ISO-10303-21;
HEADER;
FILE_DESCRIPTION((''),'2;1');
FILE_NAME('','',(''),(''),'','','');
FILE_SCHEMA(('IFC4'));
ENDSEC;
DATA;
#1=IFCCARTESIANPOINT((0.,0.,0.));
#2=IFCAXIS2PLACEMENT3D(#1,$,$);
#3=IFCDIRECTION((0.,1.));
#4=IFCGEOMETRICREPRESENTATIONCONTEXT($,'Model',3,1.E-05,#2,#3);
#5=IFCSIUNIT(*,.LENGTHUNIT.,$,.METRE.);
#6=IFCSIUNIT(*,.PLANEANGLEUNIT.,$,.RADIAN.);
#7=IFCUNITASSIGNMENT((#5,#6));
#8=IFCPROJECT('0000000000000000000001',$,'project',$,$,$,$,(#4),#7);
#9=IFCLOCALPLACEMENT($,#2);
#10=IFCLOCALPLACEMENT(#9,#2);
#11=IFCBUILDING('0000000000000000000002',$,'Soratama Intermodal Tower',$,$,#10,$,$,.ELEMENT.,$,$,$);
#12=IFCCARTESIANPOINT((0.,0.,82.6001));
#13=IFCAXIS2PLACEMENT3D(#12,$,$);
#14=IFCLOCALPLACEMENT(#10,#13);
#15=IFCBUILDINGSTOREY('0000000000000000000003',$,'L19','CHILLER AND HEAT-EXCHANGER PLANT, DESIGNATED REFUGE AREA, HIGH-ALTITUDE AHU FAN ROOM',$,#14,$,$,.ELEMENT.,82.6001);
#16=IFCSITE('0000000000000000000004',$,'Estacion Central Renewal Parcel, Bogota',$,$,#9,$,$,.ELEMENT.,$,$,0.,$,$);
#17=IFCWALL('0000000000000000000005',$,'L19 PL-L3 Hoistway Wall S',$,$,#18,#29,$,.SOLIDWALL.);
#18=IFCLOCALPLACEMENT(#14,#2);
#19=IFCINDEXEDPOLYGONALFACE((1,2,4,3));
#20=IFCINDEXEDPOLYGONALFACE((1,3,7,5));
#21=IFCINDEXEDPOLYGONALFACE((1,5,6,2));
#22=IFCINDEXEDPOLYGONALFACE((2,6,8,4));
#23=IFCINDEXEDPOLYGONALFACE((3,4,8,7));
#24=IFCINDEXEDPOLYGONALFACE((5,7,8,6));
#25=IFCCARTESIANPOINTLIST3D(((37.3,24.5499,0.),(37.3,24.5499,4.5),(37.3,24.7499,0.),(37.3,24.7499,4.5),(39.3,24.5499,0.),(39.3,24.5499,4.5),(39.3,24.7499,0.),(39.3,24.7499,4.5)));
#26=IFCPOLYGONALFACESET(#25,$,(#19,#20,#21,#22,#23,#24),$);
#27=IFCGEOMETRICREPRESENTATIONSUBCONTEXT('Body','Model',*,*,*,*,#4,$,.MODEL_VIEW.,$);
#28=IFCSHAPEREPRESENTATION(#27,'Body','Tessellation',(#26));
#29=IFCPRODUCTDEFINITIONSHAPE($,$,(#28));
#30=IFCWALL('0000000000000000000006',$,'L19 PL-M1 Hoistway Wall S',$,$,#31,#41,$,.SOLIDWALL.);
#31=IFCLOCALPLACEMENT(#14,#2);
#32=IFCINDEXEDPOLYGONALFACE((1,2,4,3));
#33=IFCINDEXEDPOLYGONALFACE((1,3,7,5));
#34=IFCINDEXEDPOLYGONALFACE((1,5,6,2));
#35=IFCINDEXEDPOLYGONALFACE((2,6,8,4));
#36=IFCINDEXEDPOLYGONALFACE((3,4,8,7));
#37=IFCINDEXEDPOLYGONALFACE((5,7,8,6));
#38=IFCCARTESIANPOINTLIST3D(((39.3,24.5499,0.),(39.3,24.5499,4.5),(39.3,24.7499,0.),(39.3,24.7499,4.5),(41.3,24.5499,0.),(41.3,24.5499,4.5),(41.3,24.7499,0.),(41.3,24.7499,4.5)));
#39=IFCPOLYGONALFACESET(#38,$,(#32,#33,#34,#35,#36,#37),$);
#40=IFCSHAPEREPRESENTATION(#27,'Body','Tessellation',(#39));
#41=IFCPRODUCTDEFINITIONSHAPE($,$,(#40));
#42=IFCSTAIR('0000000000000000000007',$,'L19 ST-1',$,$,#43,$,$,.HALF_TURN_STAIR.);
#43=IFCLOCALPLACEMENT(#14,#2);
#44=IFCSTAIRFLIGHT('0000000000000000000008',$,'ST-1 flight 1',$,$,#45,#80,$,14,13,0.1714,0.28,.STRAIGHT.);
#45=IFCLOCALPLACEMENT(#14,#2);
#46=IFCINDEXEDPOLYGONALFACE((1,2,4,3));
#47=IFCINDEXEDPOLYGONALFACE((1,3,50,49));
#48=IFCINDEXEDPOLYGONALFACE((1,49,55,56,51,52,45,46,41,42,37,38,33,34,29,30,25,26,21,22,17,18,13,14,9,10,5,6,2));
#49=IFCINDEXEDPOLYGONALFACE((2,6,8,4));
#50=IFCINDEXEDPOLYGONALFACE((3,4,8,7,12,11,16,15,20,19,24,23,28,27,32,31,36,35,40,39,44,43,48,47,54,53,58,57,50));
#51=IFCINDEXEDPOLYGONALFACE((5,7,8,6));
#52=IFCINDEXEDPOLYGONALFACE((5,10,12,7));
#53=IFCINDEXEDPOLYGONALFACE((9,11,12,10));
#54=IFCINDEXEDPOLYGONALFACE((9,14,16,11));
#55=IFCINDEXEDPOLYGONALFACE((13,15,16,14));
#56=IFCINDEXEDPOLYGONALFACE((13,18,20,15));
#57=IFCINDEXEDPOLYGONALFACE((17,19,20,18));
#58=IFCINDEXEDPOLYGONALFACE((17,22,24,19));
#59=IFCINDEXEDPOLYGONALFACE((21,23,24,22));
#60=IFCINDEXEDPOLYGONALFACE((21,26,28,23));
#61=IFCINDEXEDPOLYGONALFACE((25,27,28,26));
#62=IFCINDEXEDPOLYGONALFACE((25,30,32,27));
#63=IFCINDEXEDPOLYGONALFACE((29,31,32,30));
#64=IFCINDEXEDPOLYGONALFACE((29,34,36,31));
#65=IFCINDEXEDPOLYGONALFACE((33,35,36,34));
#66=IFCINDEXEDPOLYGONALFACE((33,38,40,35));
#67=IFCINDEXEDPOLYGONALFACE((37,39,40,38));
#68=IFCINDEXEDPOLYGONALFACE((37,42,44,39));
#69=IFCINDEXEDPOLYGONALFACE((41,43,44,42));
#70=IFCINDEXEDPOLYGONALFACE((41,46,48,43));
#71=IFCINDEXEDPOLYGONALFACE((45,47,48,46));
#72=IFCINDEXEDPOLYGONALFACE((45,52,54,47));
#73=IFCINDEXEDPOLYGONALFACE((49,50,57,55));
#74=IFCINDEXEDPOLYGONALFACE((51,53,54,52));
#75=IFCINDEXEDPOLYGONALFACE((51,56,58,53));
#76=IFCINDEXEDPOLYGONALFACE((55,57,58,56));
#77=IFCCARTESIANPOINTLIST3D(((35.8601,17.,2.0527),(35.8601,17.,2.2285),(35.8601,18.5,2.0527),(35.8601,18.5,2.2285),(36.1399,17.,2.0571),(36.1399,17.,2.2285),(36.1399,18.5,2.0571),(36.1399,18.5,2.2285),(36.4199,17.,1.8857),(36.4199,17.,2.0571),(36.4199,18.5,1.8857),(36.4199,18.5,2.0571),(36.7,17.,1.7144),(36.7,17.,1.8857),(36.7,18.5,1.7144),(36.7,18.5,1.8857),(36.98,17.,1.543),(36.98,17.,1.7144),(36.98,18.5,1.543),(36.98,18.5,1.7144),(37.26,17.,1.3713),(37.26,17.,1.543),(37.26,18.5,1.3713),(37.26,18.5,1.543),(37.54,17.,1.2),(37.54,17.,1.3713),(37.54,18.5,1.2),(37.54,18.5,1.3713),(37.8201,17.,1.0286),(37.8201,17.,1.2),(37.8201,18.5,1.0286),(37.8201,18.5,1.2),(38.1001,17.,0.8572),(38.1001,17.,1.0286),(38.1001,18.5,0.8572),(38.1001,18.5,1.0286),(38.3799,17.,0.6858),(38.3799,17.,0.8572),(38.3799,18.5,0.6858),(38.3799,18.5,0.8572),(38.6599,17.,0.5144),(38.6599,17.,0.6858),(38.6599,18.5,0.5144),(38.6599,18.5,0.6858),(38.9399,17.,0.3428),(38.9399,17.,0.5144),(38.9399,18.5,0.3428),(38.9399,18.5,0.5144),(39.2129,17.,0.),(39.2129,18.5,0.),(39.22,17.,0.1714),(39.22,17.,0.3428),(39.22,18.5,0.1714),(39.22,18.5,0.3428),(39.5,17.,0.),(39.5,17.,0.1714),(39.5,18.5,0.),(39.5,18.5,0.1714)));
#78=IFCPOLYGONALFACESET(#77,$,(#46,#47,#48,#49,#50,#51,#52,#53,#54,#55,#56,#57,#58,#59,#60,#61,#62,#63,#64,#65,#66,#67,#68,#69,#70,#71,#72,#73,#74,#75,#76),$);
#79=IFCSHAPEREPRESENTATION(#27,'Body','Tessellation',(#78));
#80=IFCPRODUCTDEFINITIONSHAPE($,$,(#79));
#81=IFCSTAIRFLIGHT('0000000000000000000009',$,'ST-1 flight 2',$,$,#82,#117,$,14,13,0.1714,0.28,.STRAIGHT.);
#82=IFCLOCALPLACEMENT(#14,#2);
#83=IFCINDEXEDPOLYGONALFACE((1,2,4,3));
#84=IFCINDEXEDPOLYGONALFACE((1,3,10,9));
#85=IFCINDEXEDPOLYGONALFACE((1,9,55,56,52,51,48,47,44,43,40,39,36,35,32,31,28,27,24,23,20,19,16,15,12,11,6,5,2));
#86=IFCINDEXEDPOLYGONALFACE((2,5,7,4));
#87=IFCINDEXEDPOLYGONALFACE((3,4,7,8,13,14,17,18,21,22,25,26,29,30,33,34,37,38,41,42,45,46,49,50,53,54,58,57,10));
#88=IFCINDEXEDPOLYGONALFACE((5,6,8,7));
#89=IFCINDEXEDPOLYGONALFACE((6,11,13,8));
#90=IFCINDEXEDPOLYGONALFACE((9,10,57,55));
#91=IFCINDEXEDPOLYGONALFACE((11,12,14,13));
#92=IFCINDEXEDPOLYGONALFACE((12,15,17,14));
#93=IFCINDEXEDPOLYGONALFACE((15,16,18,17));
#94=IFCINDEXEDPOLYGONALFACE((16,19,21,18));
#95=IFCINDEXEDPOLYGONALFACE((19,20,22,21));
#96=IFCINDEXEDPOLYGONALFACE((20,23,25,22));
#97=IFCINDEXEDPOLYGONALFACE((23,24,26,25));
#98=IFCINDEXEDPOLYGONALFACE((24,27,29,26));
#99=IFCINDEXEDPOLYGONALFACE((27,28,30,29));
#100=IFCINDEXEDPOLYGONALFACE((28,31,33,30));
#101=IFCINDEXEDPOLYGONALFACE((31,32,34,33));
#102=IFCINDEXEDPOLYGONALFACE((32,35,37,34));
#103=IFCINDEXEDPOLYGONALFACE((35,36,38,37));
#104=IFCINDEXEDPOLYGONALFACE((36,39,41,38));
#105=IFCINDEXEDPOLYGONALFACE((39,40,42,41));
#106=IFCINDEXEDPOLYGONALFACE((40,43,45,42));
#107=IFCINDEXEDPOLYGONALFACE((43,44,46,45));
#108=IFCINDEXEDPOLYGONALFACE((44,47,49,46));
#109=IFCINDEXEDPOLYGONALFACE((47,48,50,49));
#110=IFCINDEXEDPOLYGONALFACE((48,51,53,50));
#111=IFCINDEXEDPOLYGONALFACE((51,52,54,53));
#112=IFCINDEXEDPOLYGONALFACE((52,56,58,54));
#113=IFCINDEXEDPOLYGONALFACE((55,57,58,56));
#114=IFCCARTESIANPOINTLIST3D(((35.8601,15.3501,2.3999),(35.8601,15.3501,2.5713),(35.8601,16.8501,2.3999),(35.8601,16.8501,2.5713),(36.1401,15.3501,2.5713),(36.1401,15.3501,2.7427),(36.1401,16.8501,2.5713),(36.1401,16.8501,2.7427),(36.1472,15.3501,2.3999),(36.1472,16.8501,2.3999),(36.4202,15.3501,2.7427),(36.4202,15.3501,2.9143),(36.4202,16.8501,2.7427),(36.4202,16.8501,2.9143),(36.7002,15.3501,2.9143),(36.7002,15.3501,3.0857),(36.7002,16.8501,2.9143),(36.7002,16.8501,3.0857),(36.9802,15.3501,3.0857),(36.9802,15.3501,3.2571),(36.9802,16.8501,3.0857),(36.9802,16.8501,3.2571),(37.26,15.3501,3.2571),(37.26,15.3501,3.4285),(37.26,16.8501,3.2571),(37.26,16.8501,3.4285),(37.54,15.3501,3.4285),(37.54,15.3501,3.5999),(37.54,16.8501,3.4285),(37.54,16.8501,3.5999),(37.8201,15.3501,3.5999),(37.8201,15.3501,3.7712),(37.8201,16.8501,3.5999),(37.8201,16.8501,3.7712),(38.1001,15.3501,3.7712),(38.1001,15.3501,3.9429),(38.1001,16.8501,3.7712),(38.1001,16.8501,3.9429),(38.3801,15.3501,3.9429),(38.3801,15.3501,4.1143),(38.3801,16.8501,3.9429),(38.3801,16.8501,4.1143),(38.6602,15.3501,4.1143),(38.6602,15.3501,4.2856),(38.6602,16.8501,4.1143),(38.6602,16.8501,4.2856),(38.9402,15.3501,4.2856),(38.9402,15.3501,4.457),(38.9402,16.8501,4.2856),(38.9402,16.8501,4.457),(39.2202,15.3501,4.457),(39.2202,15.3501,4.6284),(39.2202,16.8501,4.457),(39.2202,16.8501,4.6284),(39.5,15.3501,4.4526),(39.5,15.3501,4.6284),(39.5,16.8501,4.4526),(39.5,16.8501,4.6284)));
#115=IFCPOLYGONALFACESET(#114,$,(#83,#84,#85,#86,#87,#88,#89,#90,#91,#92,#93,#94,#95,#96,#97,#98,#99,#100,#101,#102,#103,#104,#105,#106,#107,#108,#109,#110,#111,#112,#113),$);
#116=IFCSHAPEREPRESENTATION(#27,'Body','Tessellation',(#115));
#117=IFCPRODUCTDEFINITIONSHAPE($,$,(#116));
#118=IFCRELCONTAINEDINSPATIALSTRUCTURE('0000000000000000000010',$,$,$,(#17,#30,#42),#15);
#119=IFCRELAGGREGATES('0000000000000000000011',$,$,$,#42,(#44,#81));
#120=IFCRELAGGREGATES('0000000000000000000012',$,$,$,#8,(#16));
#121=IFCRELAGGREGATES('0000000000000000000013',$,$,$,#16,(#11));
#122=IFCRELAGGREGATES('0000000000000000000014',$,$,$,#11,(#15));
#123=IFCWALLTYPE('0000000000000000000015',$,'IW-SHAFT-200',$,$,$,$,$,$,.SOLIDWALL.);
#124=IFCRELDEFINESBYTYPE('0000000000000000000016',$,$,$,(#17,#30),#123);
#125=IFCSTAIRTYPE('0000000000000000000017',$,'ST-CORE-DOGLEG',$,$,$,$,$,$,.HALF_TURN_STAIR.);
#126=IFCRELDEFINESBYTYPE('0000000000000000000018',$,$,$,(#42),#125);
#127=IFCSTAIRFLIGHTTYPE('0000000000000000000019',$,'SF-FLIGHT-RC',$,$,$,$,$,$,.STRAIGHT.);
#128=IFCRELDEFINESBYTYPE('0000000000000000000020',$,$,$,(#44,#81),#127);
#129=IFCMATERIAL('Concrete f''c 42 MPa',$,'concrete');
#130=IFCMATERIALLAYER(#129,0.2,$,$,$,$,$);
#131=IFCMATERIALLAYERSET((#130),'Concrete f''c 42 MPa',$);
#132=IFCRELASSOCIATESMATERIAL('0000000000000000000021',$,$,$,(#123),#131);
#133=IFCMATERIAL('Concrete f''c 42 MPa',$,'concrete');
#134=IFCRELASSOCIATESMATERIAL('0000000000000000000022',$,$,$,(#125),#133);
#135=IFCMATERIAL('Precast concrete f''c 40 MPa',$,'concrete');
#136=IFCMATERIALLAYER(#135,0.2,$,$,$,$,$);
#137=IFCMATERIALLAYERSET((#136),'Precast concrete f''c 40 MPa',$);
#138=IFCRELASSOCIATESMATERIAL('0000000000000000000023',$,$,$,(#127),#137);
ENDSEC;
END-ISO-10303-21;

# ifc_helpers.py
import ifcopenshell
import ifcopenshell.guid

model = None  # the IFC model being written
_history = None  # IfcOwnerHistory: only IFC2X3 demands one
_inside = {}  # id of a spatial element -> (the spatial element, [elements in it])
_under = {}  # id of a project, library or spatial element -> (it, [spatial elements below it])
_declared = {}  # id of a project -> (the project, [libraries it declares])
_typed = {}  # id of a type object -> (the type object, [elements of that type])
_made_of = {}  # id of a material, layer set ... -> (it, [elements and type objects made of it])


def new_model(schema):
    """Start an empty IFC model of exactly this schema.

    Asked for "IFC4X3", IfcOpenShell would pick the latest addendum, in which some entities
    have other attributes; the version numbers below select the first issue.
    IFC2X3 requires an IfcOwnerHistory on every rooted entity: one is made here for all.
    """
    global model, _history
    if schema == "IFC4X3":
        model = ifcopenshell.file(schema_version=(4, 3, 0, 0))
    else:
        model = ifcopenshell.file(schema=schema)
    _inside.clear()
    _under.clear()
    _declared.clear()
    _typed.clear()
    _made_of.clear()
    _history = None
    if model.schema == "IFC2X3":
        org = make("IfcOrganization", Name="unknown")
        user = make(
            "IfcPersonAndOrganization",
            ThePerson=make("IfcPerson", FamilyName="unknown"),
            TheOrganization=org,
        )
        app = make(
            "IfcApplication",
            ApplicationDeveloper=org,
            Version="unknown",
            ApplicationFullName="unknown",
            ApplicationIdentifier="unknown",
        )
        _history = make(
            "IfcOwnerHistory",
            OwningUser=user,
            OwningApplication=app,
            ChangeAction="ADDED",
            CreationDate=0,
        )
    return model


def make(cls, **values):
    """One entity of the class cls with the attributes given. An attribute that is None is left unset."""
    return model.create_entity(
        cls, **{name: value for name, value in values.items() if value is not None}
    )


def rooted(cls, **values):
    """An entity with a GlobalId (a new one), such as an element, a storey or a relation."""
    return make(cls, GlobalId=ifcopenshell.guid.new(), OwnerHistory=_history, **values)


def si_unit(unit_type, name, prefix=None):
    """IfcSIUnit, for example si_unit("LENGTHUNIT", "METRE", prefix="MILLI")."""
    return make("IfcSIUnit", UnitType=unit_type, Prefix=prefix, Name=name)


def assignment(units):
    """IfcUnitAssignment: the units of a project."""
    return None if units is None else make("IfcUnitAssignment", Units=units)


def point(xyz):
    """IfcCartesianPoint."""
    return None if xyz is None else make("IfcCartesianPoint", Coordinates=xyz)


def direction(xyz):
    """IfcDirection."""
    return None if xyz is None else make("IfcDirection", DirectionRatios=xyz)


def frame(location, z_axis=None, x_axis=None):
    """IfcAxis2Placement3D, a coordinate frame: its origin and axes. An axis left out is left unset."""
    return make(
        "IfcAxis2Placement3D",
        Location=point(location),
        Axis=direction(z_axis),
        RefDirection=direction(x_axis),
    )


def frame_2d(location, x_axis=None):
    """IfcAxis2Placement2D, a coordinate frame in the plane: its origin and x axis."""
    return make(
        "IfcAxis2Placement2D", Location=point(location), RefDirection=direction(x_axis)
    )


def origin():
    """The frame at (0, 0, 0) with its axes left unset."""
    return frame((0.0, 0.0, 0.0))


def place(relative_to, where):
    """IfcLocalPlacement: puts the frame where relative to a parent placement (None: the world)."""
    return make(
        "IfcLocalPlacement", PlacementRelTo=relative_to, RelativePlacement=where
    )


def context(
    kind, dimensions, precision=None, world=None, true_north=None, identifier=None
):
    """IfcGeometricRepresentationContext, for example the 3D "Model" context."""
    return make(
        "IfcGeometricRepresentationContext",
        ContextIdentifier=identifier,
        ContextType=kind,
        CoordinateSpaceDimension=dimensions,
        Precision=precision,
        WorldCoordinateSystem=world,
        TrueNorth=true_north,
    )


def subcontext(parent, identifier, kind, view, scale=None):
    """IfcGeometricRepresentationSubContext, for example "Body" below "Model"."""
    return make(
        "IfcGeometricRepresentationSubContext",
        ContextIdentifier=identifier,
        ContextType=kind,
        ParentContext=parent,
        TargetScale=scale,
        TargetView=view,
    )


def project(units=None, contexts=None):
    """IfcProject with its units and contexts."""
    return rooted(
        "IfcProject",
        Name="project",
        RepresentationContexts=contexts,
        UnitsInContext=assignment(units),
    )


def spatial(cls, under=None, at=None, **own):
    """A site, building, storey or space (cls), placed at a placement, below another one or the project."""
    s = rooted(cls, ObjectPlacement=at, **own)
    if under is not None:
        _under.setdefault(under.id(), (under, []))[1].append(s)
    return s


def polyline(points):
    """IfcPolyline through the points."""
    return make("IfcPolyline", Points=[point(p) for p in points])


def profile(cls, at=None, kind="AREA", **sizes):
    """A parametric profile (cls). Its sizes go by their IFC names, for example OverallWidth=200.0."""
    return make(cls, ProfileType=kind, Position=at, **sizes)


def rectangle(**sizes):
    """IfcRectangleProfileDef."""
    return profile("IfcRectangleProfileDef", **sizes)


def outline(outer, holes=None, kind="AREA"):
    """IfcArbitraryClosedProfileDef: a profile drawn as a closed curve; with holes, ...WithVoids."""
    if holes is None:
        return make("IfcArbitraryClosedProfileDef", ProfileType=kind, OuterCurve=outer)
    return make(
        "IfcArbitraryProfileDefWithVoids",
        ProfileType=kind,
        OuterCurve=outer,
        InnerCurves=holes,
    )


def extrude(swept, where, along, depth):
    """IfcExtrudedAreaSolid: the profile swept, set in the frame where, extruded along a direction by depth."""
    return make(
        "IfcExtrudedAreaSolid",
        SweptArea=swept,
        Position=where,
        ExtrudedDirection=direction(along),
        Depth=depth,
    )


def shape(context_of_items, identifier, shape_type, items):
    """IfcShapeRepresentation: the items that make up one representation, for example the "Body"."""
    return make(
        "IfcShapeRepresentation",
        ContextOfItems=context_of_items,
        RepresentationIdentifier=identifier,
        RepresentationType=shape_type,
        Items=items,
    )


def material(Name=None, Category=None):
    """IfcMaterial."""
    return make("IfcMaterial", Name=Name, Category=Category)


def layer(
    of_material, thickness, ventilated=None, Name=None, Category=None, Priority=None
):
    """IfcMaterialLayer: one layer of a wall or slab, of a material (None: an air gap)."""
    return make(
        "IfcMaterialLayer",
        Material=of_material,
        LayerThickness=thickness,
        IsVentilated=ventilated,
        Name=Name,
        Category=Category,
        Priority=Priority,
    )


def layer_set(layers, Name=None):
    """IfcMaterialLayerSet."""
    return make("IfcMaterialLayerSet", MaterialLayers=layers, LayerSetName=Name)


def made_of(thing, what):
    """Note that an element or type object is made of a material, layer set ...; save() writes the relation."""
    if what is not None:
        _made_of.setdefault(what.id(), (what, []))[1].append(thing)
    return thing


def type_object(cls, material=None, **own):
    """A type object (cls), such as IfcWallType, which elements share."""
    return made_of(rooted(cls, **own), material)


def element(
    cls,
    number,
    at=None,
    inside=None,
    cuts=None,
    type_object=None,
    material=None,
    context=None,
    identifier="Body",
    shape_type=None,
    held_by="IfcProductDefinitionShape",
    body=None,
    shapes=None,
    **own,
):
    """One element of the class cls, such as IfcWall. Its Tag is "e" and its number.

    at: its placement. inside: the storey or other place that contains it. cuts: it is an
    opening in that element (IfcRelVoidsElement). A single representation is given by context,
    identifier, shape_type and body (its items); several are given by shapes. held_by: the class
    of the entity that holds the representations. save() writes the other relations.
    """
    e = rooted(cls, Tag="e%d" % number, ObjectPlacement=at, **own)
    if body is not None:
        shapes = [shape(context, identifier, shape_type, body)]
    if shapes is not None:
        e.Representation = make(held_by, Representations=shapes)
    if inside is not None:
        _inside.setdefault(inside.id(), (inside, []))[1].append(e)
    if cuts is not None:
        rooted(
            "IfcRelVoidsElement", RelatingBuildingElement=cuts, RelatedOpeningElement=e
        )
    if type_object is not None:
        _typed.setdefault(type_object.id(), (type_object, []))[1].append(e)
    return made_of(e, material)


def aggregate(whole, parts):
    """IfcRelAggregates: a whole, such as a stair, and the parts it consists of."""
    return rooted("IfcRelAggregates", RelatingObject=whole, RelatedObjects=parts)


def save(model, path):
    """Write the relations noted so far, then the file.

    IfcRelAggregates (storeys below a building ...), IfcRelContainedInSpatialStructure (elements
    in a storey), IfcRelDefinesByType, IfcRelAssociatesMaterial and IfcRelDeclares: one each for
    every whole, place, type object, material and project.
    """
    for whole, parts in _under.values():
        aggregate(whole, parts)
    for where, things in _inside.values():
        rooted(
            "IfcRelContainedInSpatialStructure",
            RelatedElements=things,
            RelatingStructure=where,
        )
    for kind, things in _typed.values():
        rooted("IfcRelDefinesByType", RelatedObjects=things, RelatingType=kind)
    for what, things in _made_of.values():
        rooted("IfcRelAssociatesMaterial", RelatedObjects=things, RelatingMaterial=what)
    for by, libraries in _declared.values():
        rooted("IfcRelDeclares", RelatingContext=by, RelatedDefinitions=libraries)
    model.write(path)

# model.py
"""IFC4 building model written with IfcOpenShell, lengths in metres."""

from ifc_helpers import new_model, si_unit, direction, frame, frame_2d, origin, place, context, subcontext, project, spatial, polyline, rectangle, outline, extrude, material, layer, layer_set, type_object, element, aggregate, save


model = new_model("IFC4")

# Units and contexts
model_context = context("Model", 3, precision=1e-05, world=origin(), true_north=direction((0.0, 1.0)))
body_context = subcontext(model_context, "Body", "Model", "MODEL_VIEW")
ifc_project = project(units=[si_unit("LENGTHUNIT", "METRE"), si_unit("PLANEANGLEUNIT", "RADIAN")], contexts=[model_context])

# Site, building, storey
site_placement = place(None, origin())
site = spatial("IfcSite", under=ifc_project, at=site_placement, Name="Estacion Central Renewal Parcel, Bogota", CompositionType="ELEMENT", RefElevation=0.0)
building_placement = place(site_placement, origin())
building = spatial("IfcBuilding", under=site, at=building_placement, Name="Soratama Intermodal Tower", CompositionType="ELEMENT")
storey_placement = place(building_placement, frame((0.0, 0.0, 82.6001)))
storey = spatial("IfcBuildingStorey", under=building, at=storey_placement, Name="L19", Description="CHILLER AND HEAT-EXCHANGER PLANT, DESIGNATED REFUGE AREA, HIGH-ALTITUDE AHU FAN ROOM", CompositionType="ELEMENT", Elevation=82.6001)

# Shared definitions
ifc_material_1 = material(Name="Concrete f'c 42 MPa", Category="concrete")
ifc_layer_1 = layer(ifc_material_1, 0.2)
ifc_layer_set_1 = layer_set([ifc_layer_1], Name="Concrete f'c 42 MPa")
wall_type = type_object("IfcWallType", Name="IW-SHAFT-200", PredefinedType="SOLIDWALL", material=ifc_layer_set_1)

# Walls
for number, where, z_axis, x_axis, name in (
    (1, (37.3, 24.6499, 0.0), (0.0, 0.0, 1.0), (1.0, 0.0, 0.0), "L19 PL-L3 Hoistway Wall S"),
    (2, (39.3, 24.6499, 0.0), (0.0, 0.0, 1.0), (1.0, 0.0, 0.0), "L19 PL-M1 Hoistway Wall S"),
):
    element("IfcWall", number, at=place(storey_placement, frame(where, z_axis=z_axis, x_axis=x_axis)), inside=storey, type_object=wall_type, Name=name, PredefinedType="SOLIDWALL", context=body_context, shape_type="SweptSolid", body=[
        extrude(rectangle(XDim=2.0, YDim=0.2, at=frame_2d((1.0, 0.0))), origin(), (0.0, 0.0, 1.0), 4.5),
    ])

# Stair, stair flights
ifc_material_2 = material(Name="Concrete f'c 42 MPa", Category="concrete")
stair_type = type_object("IfcStairType", Name="ST-CORE-DOGLEG", PredefinedType="HALF_TURN_STAIR", material=ifc_material_2)
stair_placement = place(storey_placement, origin())
stair = element("IfcStair", 3, at=stair_placement, inside=storey, type_object=stair_type, Name="L19 ST-1", PredefinedType="HALF_TURN_STAIR")
ifc_material_3 = material(Name="Precast concrete f'c 40 MPa", Category="concrete")
ifc_layer_2 = layer(ifc_material_3, 0.2)
ifc_layer_set_2 = layer_set([ifc_layer_2], Name="Precast concrete f'c 40 MPa")
stair_flight_type = type_object("IfcStairFlightType", Name="SF-FLIGHT-RC", PredefinedType="STRAIGHT", material=ifc_layer_set_2)
stair_flight_1_placement = place(storey_placement, frame((39.5, 17.75, 0.0), z_axis=(0.0, 0.0, 1.0), x_axis=(-1.0, 0.0, 0.0)))
stair_flight_1 = element("IfcStairFlight", 4, at=stair_flight_1_placement, type_object=stair_flight_type, Name="ST-1 flight 1", NumberOfRisers=14, NumberOfTreads=13, PredefinedType="STRAIGHT", RiserHeight=0.1714, TreadLength=0.28, context=body_context, shape_type="SweptSolid", body=[
    extrude(outline(polyline([(0.0, 0.0), (0.0, 0.1714), (0.28, 0.1714), (0.28, 0.3428), (0.5601, 0.3428), (0.5601, 0.5144), (0.8401, 0.5144), (0.8401, 0.6858), (1.1201, 0.6858), (1.1201, 0.8572), (1.3999, 0.8572), (1.3999, 1.0286), (1.6799, 1.0286), (1.6799, 1.2), (1.96, 1.2), (1.96, 1.3713), (2.24, 1.3713), (2.24, 1.543), (2.52, 1.543), (2.52, 1.7144), (2.8, 1.7144), (2.8, 1.8857), (3.0801, 1.8857), (3.0801, 2.0571), (3.3601, 2.0571), (3.3601, 2.2285), (3.6399, 2.2285), (3.6399, 2.3999), (3.6399, 2.0527), (0.2871, 0.0), (0.0, 0.0)])), frame((0.0, 0.75, 0.0), z_axis=(0.0, -1.0, 0.0), x_axis=(1.0, 0.0, 0.0)), (0.0, 0.0, 1.0), 1.5),
])
stair_flight_2_placement = place(storey_placement, frame((35.8601, 16.1001, 2.3999), z_axis=(0.0, 0.0, 1.0), x_axis=(1.0, 0.0, 0.0)))
stair_flight_2 = element("IfcStairFlight", 5, at=stair_flight_2_placement, type_object=stair_flight_type, Name="ST-1 flight 2", NumberOfRisers=14, NumberOfTreads=13, PredefinedType="STRAIGHT", RiserHeight=0.1714, TreadLength=0.28, context=body_context, shape_type="SweptSolid", body=[
    extrude(outline(polyline([(0.0, 0.0), (0.0, 0.1714), (0.28, 0.1714), (0.28, 0.3428), (0.5601, 0.3428), (0.5601, 0.5144), (0.8401, 0.5144), (0.8401, 0.6858), (1.1201, 0.6858), (1.1201, 0.8572), (1.3999, 0.8572), (1.3999, 1.0286), (1.6799, 1.0286), (1.6799, 1.2), (1.96, 1.2), (1.96, 1.3713), (2.24, 1.3713), (2.24, 1.543), (2.52, 1.543), (2.52, 1.7144), (2.8, 1.7144), (2.8, 1.8857), (3.0801, 1.8857), (3.0801, 2.0571), (3.3601, 2.0571), (3.3601, 2.2285), (3.6399, 2.2285), (3.6399, 2.3999), (3.6399, 2.0527), (0.2871, 0.0), (0.0, 0.0)])), frame((0.0, 0.75, 0.0), z_axis=(0.0, -1.0, 0.0), x_axis=(1.0, 0.0, 0.0)), (0.0, 0.0, 1.0), 1.5),
])
aggregate(stair, [stair_flight_1, stair_flight_2])

save(model, "model.ifc")
